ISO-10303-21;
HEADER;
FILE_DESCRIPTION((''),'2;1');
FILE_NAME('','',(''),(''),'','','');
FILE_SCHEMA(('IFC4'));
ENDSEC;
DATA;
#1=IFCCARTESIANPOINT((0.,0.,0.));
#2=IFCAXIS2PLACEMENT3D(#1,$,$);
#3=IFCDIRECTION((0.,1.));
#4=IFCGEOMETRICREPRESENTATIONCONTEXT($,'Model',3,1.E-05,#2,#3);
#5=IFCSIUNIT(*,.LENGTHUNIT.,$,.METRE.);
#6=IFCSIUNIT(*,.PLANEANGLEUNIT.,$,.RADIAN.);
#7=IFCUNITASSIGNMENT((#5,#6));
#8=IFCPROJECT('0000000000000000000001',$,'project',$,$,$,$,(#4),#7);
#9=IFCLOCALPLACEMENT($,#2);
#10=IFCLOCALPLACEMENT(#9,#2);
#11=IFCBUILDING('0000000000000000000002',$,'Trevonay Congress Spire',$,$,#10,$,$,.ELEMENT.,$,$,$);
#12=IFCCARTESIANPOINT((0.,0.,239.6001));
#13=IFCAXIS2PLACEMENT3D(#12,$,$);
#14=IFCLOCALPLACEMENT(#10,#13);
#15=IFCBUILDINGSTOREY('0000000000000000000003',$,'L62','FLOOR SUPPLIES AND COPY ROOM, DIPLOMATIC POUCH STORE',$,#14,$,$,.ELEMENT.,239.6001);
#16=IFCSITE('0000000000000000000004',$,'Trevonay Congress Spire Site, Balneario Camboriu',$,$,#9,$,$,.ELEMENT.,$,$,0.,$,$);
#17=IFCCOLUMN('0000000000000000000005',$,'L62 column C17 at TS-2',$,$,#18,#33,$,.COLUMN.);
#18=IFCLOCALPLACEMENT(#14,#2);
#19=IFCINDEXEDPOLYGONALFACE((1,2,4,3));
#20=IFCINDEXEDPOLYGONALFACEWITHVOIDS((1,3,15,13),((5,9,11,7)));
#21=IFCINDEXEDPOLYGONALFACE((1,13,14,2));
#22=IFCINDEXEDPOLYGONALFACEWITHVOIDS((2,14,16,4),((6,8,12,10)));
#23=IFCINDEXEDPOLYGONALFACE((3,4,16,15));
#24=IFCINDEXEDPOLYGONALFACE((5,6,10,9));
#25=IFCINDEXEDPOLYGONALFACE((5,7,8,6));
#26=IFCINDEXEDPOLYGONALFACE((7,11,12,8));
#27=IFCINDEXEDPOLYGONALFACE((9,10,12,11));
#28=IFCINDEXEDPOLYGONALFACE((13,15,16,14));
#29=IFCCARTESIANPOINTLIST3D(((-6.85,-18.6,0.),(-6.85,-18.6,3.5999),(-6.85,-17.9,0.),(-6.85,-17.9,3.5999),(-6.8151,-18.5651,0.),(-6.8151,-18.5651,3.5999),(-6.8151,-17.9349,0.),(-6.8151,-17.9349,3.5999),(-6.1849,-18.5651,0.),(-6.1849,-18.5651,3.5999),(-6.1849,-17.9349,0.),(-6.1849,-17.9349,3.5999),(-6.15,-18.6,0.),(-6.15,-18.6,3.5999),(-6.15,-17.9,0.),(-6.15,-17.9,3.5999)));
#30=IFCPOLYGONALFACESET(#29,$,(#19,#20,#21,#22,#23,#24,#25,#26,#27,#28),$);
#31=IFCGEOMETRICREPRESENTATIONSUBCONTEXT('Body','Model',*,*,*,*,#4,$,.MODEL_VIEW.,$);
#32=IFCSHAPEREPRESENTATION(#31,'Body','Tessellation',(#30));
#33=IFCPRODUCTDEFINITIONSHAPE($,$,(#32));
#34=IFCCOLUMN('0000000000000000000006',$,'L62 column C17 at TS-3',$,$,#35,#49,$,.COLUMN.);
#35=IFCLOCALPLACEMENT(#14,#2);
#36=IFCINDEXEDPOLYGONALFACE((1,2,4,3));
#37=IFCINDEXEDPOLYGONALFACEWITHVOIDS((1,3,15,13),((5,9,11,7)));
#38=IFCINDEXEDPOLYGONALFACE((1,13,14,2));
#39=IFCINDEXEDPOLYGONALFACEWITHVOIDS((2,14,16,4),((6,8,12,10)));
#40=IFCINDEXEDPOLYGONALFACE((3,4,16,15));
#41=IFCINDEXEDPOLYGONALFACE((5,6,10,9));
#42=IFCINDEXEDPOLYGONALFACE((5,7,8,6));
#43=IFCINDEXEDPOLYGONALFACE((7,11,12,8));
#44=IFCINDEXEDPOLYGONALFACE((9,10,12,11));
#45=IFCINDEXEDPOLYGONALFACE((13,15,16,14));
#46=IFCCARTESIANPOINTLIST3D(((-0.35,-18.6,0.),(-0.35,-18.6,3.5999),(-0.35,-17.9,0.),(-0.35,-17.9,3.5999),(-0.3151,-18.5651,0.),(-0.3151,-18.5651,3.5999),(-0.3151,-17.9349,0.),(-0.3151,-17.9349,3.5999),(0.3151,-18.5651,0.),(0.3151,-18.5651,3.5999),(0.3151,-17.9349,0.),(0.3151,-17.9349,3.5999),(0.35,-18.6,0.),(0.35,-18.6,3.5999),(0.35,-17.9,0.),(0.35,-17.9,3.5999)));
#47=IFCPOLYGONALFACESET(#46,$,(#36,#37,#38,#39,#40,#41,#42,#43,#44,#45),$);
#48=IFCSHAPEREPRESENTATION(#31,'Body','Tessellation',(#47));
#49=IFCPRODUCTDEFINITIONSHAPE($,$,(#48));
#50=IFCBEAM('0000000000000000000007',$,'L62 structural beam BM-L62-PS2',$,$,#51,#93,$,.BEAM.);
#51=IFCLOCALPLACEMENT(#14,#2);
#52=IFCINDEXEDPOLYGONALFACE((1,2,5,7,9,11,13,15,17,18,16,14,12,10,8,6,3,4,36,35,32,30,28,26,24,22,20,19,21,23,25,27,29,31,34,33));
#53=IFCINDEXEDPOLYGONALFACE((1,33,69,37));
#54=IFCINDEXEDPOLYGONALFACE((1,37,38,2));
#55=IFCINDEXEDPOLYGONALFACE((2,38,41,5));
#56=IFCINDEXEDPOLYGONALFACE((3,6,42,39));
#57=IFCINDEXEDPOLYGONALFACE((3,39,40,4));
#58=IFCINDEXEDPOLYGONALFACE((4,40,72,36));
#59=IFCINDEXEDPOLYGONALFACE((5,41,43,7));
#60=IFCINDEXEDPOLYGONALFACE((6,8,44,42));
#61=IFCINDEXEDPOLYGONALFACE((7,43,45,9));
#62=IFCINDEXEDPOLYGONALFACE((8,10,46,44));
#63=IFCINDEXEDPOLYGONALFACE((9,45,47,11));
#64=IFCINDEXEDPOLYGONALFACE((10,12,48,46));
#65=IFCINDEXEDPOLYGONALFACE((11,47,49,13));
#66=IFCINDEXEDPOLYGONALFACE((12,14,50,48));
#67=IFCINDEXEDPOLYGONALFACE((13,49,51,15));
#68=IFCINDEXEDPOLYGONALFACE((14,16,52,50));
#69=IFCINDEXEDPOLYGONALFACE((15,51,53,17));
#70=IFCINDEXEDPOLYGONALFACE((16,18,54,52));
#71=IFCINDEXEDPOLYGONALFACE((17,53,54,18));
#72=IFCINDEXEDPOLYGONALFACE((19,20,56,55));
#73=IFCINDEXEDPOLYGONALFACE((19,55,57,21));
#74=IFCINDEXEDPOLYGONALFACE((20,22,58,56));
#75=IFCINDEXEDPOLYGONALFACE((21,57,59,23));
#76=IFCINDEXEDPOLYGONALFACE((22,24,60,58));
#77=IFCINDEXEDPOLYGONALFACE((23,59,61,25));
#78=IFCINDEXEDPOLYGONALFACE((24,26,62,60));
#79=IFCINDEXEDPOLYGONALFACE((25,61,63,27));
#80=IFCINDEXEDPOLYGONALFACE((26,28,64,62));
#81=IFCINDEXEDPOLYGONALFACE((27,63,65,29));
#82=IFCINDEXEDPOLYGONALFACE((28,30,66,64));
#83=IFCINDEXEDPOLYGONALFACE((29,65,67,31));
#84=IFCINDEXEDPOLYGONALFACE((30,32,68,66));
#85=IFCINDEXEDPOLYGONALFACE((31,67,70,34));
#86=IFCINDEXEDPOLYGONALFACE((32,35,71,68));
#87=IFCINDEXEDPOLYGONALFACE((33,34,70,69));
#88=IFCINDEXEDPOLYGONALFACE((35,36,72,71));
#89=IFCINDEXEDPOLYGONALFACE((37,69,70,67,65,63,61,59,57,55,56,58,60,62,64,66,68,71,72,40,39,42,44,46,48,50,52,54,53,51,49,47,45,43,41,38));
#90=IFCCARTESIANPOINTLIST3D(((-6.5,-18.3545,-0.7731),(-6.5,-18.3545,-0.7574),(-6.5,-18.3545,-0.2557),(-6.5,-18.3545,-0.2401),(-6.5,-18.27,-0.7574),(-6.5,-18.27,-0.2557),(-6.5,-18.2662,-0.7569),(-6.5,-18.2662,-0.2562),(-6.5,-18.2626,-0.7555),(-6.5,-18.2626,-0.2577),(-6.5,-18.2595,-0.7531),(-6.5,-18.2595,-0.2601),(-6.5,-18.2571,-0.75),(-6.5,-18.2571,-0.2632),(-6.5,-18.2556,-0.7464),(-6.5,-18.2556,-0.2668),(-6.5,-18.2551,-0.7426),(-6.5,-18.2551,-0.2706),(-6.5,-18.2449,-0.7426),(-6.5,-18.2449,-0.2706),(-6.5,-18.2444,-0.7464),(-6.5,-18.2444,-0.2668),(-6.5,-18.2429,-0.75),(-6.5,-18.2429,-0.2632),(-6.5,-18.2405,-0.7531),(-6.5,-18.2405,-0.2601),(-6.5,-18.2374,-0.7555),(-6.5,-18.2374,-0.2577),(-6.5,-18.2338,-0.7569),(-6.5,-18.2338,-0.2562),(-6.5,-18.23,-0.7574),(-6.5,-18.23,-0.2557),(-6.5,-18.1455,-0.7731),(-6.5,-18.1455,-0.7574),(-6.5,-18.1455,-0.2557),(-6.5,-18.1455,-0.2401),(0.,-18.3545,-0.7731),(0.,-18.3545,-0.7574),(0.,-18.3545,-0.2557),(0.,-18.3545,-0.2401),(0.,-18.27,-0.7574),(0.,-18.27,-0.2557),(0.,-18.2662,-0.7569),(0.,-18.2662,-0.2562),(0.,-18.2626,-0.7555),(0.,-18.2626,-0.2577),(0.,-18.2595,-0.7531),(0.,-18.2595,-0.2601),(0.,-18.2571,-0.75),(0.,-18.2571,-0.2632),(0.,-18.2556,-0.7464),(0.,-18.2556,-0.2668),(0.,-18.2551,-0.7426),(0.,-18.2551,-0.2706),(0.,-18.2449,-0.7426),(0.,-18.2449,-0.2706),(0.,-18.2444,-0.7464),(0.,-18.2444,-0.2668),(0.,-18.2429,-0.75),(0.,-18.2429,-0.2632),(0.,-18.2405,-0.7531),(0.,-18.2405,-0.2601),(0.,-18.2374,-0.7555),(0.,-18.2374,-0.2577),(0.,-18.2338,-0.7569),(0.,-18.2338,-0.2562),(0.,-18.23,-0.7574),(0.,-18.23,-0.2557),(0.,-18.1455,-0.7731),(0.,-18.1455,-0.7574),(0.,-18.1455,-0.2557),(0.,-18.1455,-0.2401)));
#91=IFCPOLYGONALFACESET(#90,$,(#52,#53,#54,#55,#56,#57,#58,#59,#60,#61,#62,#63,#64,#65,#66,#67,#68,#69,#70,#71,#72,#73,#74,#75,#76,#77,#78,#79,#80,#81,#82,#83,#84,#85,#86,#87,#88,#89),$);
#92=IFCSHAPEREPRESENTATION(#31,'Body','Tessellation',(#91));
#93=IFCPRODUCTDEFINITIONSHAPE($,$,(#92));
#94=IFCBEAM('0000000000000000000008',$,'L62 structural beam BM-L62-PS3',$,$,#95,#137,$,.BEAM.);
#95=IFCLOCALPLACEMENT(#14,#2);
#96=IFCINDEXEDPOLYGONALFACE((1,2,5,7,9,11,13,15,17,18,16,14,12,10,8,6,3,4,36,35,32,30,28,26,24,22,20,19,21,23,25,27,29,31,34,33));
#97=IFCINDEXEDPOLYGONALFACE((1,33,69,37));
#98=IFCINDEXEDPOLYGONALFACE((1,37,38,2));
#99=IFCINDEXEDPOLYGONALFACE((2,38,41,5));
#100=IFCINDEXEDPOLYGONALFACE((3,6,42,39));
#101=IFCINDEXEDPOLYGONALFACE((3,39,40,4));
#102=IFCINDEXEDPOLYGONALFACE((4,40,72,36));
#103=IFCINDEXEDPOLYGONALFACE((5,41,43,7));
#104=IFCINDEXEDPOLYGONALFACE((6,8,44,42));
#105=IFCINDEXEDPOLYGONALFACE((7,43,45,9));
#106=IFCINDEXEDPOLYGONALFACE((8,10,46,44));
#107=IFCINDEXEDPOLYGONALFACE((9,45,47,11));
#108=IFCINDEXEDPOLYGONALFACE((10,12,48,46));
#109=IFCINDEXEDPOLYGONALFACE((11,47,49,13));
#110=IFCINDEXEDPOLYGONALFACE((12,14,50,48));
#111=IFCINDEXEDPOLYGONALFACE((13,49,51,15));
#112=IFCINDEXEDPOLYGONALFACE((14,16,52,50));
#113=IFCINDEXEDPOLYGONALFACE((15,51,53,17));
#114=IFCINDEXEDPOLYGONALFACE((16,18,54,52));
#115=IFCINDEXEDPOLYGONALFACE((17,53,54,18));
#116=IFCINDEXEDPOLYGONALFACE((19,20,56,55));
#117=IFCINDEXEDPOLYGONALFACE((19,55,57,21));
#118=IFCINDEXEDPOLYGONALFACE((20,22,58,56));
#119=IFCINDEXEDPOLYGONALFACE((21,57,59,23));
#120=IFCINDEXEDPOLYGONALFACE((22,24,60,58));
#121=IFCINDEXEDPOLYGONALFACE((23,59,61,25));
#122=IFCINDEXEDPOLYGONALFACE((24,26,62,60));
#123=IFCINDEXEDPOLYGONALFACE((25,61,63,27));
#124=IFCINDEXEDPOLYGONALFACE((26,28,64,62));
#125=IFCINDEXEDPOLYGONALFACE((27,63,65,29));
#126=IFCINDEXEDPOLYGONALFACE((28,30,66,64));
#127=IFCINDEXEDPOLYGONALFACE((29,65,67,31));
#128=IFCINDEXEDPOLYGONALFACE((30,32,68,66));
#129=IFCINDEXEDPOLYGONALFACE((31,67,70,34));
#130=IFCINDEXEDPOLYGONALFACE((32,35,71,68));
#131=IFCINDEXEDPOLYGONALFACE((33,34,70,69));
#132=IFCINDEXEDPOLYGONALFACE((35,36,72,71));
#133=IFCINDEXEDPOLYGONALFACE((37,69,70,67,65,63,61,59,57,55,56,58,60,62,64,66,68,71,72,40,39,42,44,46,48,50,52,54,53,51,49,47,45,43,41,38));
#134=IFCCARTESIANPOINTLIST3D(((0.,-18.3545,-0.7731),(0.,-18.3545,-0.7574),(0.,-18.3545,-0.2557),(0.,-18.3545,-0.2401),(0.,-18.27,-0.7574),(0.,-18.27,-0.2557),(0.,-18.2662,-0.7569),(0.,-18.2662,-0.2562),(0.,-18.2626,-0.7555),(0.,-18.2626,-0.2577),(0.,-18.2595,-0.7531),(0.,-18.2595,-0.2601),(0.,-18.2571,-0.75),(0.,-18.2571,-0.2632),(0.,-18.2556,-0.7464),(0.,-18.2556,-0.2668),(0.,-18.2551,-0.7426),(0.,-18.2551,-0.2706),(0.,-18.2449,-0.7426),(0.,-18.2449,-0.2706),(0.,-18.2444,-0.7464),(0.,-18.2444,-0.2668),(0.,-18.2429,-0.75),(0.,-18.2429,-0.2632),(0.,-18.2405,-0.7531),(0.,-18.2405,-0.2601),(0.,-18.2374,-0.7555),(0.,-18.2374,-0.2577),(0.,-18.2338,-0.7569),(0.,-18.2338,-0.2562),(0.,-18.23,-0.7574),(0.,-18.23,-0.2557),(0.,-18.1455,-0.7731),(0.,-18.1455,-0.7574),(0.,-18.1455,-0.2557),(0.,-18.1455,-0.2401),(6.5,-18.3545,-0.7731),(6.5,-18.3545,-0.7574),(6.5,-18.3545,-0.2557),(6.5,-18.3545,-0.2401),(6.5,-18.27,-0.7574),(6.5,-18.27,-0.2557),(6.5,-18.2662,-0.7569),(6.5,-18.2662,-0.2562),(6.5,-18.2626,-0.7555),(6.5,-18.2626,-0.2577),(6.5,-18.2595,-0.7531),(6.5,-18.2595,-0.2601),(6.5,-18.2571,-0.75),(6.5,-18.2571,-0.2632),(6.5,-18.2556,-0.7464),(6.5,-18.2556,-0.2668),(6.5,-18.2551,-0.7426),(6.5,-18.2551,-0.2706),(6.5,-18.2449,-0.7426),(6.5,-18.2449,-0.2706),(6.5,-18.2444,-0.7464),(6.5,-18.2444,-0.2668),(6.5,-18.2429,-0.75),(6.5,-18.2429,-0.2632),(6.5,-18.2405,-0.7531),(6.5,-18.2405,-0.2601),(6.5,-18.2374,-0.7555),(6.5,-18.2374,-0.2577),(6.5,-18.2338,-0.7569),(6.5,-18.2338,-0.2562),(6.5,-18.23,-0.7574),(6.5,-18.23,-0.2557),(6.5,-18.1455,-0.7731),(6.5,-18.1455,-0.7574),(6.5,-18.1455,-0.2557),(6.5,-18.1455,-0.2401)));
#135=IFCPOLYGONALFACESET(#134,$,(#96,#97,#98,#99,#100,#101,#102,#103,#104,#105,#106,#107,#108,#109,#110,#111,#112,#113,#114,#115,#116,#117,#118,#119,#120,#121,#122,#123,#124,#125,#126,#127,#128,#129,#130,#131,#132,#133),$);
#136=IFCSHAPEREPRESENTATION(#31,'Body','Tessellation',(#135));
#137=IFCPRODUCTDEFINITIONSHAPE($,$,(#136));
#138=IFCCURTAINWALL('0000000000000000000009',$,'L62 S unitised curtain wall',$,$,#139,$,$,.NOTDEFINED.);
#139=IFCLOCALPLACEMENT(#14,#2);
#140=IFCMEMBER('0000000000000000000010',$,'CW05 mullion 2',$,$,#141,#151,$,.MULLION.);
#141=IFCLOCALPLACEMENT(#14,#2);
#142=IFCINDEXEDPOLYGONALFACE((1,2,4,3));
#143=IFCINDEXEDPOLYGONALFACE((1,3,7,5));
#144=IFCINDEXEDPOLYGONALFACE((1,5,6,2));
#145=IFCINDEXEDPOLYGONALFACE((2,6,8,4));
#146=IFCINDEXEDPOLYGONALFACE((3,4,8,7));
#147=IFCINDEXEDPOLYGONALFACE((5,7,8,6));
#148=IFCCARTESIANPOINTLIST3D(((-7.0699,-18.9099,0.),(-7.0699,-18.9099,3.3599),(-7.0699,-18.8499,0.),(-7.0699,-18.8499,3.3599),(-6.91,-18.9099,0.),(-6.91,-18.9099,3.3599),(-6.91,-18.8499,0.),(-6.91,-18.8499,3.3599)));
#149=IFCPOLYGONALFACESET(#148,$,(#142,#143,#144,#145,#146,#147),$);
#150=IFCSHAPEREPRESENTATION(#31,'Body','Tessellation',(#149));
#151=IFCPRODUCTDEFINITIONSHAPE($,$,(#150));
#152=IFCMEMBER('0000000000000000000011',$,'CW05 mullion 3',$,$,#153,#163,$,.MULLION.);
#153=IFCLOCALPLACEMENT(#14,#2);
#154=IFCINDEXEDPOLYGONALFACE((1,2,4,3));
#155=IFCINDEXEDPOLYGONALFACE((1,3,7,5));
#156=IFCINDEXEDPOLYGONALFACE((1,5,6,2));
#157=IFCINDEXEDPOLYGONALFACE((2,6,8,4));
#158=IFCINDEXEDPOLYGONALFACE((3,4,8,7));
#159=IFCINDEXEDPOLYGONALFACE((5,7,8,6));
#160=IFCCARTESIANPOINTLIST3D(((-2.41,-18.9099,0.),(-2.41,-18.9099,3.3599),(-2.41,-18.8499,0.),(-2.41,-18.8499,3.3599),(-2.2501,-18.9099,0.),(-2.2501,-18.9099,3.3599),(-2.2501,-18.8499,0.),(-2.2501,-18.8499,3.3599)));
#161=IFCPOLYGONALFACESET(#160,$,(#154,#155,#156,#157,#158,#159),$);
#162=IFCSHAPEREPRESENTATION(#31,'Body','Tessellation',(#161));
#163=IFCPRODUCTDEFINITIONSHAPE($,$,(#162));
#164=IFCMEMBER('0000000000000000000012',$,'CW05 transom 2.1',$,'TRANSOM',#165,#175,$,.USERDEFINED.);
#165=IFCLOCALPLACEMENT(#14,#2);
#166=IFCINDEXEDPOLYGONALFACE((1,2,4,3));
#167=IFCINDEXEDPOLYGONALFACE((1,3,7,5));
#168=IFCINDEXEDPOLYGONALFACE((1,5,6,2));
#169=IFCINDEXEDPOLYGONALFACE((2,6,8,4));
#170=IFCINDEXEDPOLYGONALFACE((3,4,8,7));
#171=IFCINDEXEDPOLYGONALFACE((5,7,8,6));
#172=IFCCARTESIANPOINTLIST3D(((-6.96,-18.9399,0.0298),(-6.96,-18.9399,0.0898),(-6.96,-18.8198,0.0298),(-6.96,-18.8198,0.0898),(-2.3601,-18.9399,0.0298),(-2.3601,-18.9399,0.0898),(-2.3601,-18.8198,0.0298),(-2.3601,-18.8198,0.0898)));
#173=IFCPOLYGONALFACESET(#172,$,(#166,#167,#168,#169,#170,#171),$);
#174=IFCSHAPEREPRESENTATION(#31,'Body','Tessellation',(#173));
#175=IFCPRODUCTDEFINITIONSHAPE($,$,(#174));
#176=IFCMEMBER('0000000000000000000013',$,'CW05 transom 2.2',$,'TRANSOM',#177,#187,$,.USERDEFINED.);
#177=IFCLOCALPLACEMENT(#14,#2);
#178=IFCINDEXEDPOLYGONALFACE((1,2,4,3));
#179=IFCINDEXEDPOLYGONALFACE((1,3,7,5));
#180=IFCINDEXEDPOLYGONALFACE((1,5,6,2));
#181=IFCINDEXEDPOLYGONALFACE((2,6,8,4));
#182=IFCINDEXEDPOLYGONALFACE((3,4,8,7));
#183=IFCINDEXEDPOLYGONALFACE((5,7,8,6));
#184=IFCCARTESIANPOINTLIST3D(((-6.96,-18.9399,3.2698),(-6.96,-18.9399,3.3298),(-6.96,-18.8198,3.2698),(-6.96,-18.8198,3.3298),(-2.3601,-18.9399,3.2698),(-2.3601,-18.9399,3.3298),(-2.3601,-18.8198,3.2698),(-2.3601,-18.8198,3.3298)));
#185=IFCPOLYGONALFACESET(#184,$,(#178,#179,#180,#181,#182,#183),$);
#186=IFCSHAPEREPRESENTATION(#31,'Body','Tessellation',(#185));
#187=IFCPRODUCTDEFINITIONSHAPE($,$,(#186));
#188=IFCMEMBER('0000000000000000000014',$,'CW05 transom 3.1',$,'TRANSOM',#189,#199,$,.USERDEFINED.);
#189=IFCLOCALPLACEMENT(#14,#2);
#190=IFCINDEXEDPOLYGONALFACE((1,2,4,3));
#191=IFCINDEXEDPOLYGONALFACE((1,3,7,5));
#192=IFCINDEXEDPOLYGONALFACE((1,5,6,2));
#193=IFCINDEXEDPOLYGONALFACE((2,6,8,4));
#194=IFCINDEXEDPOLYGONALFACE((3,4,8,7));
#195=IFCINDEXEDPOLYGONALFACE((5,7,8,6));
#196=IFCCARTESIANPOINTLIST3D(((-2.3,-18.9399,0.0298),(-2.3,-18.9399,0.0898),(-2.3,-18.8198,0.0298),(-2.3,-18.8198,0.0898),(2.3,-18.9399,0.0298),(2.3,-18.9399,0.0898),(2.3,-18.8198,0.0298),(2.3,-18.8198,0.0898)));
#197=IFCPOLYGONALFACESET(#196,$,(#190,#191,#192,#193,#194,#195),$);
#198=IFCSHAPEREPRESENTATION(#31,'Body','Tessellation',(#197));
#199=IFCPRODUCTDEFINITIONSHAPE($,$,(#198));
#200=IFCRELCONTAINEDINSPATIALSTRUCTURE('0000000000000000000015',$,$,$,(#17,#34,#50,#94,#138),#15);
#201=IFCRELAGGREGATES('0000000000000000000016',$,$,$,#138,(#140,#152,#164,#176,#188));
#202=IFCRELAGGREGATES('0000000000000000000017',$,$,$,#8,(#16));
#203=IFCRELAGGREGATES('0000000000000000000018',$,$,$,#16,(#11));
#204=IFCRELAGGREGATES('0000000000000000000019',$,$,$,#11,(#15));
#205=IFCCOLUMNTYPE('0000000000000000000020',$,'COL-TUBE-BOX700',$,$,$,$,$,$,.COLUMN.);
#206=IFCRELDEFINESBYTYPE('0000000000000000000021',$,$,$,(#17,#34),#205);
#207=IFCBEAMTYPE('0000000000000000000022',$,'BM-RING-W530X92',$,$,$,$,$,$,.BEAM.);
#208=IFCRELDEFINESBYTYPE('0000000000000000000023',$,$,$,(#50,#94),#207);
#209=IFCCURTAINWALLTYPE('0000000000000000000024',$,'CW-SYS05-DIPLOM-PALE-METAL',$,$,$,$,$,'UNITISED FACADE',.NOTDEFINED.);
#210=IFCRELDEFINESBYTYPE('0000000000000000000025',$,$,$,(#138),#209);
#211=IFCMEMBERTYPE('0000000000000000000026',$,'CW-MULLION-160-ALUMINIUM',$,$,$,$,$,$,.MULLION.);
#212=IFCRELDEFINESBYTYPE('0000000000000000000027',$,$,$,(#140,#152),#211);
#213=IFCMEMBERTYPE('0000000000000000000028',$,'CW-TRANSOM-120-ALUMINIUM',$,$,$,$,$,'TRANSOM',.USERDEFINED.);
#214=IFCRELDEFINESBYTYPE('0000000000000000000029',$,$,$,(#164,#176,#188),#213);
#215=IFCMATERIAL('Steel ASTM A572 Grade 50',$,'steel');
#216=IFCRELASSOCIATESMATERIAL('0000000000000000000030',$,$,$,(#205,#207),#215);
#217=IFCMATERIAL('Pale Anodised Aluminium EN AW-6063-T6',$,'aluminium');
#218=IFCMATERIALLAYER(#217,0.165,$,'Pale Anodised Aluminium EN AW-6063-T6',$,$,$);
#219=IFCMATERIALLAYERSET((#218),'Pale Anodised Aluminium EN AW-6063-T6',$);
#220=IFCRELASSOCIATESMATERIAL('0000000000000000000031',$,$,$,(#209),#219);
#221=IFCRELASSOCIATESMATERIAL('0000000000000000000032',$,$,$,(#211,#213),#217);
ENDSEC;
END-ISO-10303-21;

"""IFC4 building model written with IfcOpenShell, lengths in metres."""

from ifc_helpers import new_model, si_unit, direction, frame, origin, origin_2d, place, context, subcontext, project, spatial, rectangle, hollow_rectangle, i_section, extrude, material, layer, layer_set, material_profile, profile_set, type_object, element, aggregate, save


model = new_model("IFC4")

# Units and contexts
model_context = context("Model", 3, precision=1e-05, world=origin(), true_north=direction((0.0, 1.0)))
body_context = subcontext(model_context, "Body", "Model", "MODEL_VIEW")
ifc_project = project(units=[si_unit("LENGTHUNIT", "METRE"), si_unit("PLANEANGLEUNIT", "RADIAN")], contexts=[model_context])

# Site, building, storey
site_placement = place(None, origin())
site = spatial("IfcSite", under=ifc_project, at=site_placement, Name="Trevonay Congress Spire Site, Balneario Camboriu", CompositionType="ELEMENT", RefElevation=0.0)
building_placement = place(site_placement, origin())
building = spatial("IfcBuilding", under=site, at=building_placement, Name="Trevonay Congress Spire", CompositionType="ELEMENT")
storey_placement = place(building_placement, frame((0.0, 0.0, 239.6001)))
storey = spatial("IfcBuildingStorey", under=building, at=storey_placement, Name="L62", Description="FLOOR SUPPLIES AND COPY ROOM, DIPLOMATIC POUCH STORE", CompositionType="ELEMENT", Elevation=239.6001)

# Columns
ifc_material_1 = material(Name="Steel ASTM A572 Grade 50", Category="steel")
ifc_material_profile_1 = material_profile(ifc_material_1, hollow_rectangle(XDim=0.7, YDim=0.7, WallThickness=0.0349, at=origin_2d()), Name="BOX 700x700x35")
ifc_profile_set_1 = profile_set([ifc_material_profile_1], Name="Steel ASTM A572 Grade 50")
column_type = type_object("IfcColumnType", Name="COL-TUBE-BOX700", PredefinedType="COLUMN", material=ifc_profile_set_1)
for number, where, z_axis, x_axis, name in (
    (1, (-6.5, -18.25, 0.0), (0.0, 0.0, 1.0), (1.0, 0.0, 0.0), "L62 column C17 at TS-2"),
    (2, (0.0, -18.25, 0.0), (0.0, 0.0, 1.0), (1.0, 0.0, 0.0), "L62 column C17 at TS-3"),
):
    element("IfcColumn", number, at=place(storey_placement, frame(where, z_axis=z_axis, x_axis=x_axis)), inside=storey, type_object=column_type, Name=name, PredefinedType="COLUMN", context=body_context, shape_type="SweptSolid", body=[
        extrude(hollow_rectangle(XDim=0.7, YDim=0.7, WallThickness=0.0349, at=origin_2d()), origin(), (0.0, 0.0, 1.0), 3.5999),
    ])

# Beams
ifc_material_profile_2 = material_profile(ifc_material_1, i_section(OverallWidth=0.209, OverallDepth=0.533, WebThickness=0.0103, FlangeThickness=0.0156, FilletRadius=0.0149, at=origin_2d()), Name="W530x92")
ifc_profile_set_2 = profile_set([ifc_material_profile_2], Name="Steel ASTM A572 Grade 50")
beam_type = type_object("IfcBeamType", Name="BM-RING-W530X92", PredefinedType="BEAM", material=ifc_profile_set_2)
for number, where, z_axis, x_axis, name in (
    (3, (-6.5, -18.25, -0.5066), (1.0, 0.0, 0.0), (0.0, 1.0, 0.0), "L62 structural beam BM-L62-PS2"),
    (4, (0.0, -18.25, -0.5066), (1.0, 0.0, 0.0), (0.0, 1.0, 0.0), "L62 structural beam BM-L62-PS3"),
):
    element("IfcBeam", number, at=place(storey_placement, frame(where, z_axis=z_axis, x_axis=x_axis)), inside=storey, type_object=beam_type, Name=name, PredefinedType="BEAM", context=body_context, shape_type="SweptSolid", body=[
        extrude(i_section(OverallWidth=0.209, OverallDepth=0.533, WebThickness=0.0103, FlangeThickness=0.0156, FilletRadius=0.0149, at=origin_2d()), origin(), (0.0, 0.0, 1.0), 6.5),
    ])

# Curtain wall, members
ifc_material_2 = material(Name="Pale Anodised Aluminium EN AW-6063-T6", Category="aluminium")
ifc_layer_1 = layer(ifc_material_2, 0.165, Name="Pale Anodised Aluminium EN AW-6063-T6")
ifc_layer_set_1 = layer_set([ifc_layer_1], Name="Pale Anodised Aluminium EN AW-6063-T6")
curtain_wall_type = type_object("IfcCurtainWallType", Name="CW-SYS05-DIPLOM-PALE-METAL", ElementType="UNITISED FACADE", PredefinedType="NOTDEFINED", material=ifc_layer_set_1)
curtain_wall_placement = place(storey_placement, origin())
curtain_wall = element("IfcCurtainWall", 5, at=curtain_wall_placement, inside=storey, type_object=curtain_wall_type, Name="L62 S unitised curtain wall", PredefinedType="NOTDEFINED")
ifc_material_profile_3 = material_profile(ifc_material_2, rectangle(XDim=0.0601, YDim=0.1599, at=origin_2d()), Name="CW-MULLION-160-ALUMINIUM")
ifc_profile_set_3 = profile_set([ifc_material_profile_3], Name="Pale Anodised Aluminium EN AW-6063-T6")
member_type_1 = type_object("IfcMemberType", Name="CW-MULLION-160-ALUMINIUM", PredefinedType="MULLION", material=ifc_profile_set_3)
member_1_placement = place(storey_placement, frame((-6.99, -18.8799, 0.0), z_axis=(0.0, 0.0, 1.0), x_axis=(0.0, 1.0, 0.0)))
member_1 = element("IfcMember", 6, at=member_1_placement, type_object=member_type_1, Name="CW05 mullion 2", PredefinedType="MULLION", context=body_context, shape_type="SweptSolid", body=[
    extrude(rectangle(XDim=0.0601, YDim=0.1599, at=origin_2d()), origin(), (0.0, 0.0, 1.0), 3.3599),
])
member_2_placement = place(storey_placement, frame((-2.3301, -18.8799, 0.0), z_axis=(0.0, 0.0, 1.0), x_axis=(0.0, 1.0, 0.0)))
member_2 = element("IfcMember", 7, at=member_2_placement, type_object=member_type_1, Name="CW05 mullion 3", PredefinedType="MULLION", context=body_context, shape_type="SweptSolid", body=[
    extrude(rectangle(XDim=0.0601, YDim=0.1599, at=origin_2d()), origin(), (0.0, 0.0, 1.0), 3.3599),
])
ifc_material_profile_4 = material_profile(ifc_material_2, rectangle(XDim=0.1201, YDim=0.0601, at=origin_2d()), Name="CW-TRANSOM-120-ALUMINIUM")
ifc_profile_set_4 = profile_set([ifc_material_profile_4], Name="Pale Anodised Aluminium EN AW-6063-T6")
member_type_2 = type_object("IfcMemberType", Name="CW-TRANSOM-120-ALUMINIUM", ElementType="TRANSOM", PredefinedType="USERDEFINED", material=ifc_profile_set_4)
member_3_placement = place(storey_placement, frame((-6.96, -18.8799, 0.0598), z_axis=(1.0, 0.0, 0.0), x_axis=(0.0, 1.0, 0.0)))
member_3 = element("IfcMember", 8, at=member_3_placement, type_object=member_type_2, Name="CW05 transom 2.1", ObjectType="TRANSOM", PredefinedType="USERDEFINED", context=body_context, shape_type="SweptSolid", body=[
    extrude(rectangle(XDim=0.1201, YDim=0.0601, at=origin_2d()), origin(), (0.0, 0.0, 1.0), 4.5999),
])
member_4_placement = place(storey_placement, frame((-6.96, -18.8799, 3.2998), z_axis=(1.0, 0.0, 0.0), x_axis=(0.0, 1.0, 0.0)))
member_4 = element("IfcMember", 9, at=member_4_placement, type_object=member_type_2, Name="CW05 transom 2.2", ObjectType="TRANSOM", PredefinedType="USERDEFINED", context=body_context, shape_type="SweptSolid", body=[
    extrude(rectangle(XDim=0.1201, YDim=0.0601, at=origin_2d()), origin(), (0.0, 0.0, 1.0), 4.5999),
])
member_5_placement = place(storey_placement, frame((-2.3, -18.8799, 0.0598), z_axis=(1.0, 0.0, 0.0), x_axis=(0.0, 1.0, 0.0)))
member_5 = element("IfcMember", 10, at=member_5_placement, type_object=member_type_2, Name="CW05 transom 3.1", ObjectType="TRANSOM", PredefinedType="USERDEFINED", context=body_context, shape_type="SweptSolid", body=[
    extrude(rectangle(XDim=0.1201, YDim=0.0601, at=origin_2d()), origin(), (0.0, 0.0, 1.0), 4.6001),
])
aggregate(curtain_wall, [member_1, member_2, member_3, member_4, member_5])

save(model, "model.ifc")
